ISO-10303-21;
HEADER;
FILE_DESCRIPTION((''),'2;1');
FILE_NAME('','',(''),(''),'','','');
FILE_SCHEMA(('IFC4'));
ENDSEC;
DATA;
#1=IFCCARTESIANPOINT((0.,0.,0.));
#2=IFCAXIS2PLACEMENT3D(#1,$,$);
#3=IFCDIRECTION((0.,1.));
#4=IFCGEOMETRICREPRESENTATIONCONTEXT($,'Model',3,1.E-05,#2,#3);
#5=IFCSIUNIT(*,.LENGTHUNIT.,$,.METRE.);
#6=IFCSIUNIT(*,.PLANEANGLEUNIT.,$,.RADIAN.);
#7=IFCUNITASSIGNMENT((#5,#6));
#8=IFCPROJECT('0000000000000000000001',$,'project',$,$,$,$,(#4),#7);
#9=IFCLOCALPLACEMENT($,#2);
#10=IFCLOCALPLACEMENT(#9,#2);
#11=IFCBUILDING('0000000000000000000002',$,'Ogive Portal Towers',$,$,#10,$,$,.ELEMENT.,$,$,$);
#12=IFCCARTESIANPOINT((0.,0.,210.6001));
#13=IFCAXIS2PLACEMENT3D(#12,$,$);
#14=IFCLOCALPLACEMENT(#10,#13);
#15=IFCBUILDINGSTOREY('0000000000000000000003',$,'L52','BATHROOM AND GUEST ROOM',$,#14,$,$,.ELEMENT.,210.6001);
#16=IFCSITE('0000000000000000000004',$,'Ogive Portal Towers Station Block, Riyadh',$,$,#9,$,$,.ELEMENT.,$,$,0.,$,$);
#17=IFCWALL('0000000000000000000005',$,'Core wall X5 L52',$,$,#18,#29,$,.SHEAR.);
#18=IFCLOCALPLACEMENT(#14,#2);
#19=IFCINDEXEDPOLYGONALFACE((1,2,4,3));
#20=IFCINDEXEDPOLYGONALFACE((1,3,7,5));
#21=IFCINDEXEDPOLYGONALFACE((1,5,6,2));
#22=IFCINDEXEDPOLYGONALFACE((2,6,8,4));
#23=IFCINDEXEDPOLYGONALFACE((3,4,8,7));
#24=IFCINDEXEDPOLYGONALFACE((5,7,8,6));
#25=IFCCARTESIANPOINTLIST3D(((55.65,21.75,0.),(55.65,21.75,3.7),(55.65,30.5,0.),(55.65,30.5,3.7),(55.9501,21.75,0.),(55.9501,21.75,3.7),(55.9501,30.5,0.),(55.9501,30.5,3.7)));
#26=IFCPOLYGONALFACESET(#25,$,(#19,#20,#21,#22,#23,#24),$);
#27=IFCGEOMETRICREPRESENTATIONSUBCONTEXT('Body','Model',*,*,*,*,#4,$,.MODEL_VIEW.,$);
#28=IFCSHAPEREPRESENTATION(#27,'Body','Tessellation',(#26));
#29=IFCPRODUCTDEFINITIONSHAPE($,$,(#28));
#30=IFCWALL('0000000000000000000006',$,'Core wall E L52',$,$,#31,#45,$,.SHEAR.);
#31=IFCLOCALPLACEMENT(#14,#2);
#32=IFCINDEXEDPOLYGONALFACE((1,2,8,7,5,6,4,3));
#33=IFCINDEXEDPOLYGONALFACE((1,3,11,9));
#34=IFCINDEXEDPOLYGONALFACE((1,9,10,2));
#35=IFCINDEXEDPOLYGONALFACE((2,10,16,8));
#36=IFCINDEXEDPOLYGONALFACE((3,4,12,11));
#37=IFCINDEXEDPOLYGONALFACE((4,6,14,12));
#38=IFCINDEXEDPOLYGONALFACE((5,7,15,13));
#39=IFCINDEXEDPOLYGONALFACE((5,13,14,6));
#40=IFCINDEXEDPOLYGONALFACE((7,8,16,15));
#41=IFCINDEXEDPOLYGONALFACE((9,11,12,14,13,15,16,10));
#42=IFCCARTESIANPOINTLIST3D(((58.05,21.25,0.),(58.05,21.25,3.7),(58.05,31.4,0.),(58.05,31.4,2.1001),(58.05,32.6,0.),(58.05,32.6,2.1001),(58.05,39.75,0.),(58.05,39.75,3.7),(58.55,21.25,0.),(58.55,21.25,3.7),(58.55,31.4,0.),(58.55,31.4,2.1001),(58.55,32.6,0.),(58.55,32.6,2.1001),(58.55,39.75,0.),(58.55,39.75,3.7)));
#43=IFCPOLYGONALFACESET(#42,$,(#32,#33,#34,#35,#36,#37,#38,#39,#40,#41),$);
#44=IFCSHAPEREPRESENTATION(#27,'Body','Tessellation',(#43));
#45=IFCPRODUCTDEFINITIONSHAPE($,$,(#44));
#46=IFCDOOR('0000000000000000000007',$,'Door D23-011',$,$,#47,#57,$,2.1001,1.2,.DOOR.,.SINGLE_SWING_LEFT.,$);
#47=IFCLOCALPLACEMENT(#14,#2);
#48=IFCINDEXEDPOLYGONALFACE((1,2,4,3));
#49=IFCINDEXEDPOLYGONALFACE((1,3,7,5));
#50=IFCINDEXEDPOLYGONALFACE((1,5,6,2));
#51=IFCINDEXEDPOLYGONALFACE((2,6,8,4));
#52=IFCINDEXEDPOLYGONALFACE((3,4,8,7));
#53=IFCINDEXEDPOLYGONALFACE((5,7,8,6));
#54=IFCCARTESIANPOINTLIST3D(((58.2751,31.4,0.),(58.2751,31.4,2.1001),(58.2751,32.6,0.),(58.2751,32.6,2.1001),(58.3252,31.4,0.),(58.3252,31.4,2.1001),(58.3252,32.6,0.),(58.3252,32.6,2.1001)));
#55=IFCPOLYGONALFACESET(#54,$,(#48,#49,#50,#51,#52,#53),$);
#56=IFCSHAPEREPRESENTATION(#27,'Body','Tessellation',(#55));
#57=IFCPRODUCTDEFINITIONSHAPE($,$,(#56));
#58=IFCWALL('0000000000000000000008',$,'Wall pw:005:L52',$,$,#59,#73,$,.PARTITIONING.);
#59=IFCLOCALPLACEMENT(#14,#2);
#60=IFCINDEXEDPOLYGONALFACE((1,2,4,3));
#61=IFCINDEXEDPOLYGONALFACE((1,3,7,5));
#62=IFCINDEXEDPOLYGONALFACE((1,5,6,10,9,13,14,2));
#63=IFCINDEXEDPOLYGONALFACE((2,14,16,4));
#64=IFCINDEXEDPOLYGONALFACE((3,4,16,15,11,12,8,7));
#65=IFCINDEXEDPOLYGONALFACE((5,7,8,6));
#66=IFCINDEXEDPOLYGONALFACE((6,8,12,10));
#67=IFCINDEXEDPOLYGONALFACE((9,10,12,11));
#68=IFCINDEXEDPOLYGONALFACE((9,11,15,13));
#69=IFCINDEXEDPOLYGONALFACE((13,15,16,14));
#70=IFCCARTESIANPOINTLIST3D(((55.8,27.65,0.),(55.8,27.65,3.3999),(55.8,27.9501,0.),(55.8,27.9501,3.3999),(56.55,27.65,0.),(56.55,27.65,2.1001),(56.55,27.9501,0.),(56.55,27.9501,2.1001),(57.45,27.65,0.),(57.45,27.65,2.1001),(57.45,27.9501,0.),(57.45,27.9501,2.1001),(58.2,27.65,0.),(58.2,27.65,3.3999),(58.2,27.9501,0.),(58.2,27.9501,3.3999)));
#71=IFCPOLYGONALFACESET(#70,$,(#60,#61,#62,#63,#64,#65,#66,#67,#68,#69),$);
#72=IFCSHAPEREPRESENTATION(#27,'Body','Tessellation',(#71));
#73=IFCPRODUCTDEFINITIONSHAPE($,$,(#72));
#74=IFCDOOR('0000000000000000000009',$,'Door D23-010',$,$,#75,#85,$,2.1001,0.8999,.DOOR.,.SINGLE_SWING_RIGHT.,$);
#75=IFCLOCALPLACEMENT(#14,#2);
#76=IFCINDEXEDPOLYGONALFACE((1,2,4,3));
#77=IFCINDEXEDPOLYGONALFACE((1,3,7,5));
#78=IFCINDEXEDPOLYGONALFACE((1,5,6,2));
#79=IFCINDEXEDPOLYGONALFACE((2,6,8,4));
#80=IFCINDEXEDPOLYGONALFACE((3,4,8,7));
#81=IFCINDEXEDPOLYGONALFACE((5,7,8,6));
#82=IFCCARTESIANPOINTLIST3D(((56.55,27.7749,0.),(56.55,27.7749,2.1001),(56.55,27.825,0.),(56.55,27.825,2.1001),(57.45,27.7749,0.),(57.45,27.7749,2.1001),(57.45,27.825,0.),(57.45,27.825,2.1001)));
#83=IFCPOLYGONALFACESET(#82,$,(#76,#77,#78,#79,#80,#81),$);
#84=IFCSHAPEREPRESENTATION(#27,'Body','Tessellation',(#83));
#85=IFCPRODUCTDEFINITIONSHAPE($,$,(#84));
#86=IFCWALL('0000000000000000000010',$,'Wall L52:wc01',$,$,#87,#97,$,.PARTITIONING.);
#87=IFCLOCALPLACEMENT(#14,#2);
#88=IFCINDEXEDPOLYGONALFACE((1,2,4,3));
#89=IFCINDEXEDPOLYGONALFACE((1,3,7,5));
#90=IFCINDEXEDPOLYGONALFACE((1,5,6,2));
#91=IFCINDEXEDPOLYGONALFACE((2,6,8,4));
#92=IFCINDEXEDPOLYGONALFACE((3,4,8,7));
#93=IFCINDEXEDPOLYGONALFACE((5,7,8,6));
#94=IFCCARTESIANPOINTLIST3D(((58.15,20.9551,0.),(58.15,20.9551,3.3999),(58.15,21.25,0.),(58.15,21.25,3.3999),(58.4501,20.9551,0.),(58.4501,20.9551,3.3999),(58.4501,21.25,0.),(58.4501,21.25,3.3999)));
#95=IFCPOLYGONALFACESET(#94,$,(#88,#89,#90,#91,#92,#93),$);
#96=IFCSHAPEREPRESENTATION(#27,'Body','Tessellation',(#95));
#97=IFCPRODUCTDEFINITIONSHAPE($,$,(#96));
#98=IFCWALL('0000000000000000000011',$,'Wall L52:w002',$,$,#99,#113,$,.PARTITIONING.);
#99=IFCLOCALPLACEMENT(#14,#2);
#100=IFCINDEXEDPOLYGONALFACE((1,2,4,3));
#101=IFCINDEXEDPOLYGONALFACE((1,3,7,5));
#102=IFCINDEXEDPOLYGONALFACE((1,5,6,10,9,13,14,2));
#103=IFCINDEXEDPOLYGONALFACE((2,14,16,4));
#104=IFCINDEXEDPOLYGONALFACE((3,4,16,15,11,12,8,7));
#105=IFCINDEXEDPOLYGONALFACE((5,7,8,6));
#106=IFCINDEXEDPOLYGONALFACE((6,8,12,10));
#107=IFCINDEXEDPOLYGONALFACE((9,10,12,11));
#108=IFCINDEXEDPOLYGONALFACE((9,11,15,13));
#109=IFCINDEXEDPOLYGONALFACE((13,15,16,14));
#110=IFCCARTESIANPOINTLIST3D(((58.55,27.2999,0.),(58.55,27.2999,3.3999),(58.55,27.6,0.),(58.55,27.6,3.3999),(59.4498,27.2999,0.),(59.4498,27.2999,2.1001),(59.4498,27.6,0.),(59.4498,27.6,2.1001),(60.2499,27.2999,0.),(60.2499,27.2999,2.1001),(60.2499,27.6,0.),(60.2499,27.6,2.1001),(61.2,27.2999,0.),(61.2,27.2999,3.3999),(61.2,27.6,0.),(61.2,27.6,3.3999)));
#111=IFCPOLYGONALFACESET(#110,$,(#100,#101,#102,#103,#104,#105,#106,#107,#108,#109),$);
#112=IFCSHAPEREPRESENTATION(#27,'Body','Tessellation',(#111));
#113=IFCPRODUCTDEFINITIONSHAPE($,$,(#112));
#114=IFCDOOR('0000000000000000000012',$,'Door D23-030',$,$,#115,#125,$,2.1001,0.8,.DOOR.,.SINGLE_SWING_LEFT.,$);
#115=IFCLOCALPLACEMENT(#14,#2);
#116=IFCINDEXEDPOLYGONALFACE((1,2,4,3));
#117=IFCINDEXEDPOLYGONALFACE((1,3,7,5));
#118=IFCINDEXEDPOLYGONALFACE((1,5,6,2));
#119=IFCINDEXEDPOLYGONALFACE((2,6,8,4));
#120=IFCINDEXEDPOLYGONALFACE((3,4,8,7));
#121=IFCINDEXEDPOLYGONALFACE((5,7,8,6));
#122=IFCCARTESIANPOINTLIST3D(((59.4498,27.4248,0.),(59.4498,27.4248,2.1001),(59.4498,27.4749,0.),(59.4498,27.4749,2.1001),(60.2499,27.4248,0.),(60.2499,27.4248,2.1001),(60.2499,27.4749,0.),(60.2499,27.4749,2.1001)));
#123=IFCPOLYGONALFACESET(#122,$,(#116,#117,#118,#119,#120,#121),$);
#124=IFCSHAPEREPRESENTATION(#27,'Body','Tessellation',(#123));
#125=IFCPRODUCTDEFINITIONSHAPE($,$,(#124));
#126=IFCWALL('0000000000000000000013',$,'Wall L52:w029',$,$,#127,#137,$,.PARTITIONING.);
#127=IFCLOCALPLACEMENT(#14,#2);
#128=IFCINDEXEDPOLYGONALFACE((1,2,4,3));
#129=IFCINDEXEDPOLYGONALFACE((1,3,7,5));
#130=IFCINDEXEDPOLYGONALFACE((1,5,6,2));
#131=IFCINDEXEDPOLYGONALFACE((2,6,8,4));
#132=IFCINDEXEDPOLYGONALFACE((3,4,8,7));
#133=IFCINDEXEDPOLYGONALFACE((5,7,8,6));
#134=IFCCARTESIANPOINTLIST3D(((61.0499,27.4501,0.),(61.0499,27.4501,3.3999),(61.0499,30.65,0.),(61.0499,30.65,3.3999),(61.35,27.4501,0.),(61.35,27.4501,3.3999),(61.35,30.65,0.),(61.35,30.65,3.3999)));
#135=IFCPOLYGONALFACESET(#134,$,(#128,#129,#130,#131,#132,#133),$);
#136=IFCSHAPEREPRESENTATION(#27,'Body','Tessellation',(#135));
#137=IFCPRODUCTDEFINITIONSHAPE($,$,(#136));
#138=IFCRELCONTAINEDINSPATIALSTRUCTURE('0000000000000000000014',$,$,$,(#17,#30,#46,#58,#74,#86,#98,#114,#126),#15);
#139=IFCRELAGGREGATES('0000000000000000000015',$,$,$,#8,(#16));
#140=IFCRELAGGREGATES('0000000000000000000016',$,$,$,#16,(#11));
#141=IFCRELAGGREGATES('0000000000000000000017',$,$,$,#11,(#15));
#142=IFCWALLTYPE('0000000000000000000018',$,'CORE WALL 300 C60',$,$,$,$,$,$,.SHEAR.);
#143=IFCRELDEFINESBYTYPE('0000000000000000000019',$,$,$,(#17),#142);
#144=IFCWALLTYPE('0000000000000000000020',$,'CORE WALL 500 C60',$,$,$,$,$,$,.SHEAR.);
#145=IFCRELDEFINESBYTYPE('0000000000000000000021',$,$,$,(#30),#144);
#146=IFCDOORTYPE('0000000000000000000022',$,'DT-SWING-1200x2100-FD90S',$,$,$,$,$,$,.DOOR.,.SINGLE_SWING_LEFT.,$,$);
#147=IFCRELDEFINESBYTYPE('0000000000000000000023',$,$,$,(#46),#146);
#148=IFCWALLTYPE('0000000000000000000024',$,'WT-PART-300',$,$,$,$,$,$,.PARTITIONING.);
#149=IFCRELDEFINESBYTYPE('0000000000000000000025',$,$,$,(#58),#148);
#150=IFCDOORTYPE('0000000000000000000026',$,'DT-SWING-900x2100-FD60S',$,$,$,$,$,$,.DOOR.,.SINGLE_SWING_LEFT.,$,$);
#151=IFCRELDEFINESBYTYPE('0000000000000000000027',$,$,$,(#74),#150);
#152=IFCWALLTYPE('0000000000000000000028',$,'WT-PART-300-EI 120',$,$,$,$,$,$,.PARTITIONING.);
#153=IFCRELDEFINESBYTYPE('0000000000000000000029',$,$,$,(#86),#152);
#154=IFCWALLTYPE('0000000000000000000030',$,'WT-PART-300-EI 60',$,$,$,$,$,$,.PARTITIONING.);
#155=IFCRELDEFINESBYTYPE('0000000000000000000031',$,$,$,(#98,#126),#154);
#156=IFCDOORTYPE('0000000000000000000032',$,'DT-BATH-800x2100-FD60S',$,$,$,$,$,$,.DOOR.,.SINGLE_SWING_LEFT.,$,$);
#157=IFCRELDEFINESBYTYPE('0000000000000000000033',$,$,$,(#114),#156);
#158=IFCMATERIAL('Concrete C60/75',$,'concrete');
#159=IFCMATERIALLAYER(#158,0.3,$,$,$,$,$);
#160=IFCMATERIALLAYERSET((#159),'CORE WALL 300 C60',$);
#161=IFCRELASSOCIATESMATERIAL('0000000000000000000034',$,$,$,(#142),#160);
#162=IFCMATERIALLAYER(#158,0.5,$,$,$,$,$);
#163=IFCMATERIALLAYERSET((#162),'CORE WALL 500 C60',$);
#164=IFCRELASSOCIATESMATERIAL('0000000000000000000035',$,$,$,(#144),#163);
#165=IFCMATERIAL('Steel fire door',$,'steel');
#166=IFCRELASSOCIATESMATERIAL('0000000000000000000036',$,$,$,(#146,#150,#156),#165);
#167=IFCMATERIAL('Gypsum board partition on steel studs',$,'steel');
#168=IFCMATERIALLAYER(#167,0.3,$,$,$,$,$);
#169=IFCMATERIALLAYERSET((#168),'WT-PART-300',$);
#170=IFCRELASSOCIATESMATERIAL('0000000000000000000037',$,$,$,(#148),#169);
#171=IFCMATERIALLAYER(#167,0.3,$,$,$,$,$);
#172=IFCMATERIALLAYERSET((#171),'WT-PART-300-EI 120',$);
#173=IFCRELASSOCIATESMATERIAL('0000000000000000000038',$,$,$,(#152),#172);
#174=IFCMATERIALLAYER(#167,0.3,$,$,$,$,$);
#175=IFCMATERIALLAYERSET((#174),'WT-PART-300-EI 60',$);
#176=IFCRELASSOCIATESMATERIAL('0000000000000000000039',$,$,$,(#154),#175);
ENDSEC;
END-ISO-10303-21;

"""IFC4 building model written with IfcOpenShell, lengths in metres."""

from ifc_helpers import new_model, si_unit, direction, frame, frame_2d, origin, place, context, subcontext, project, spatial, rectangle, extrude, material, layer, layer_set, type_object, element, fill, save


model = new_model("IFC4")

# Units and contexts
model_context = context("Model", 3, precision=1e-05, world=origin(), true_north=direction((0.0, 1.0)))
body_context = subcontext(model_context, "Body", "Model", "MODEL_VIEW")
ifc_project = project(units=[si_unit("LENGTHUNIT", "METRE"), si_unit("PLANEANGLEUNIT", "RADIAN")], contexts=[model_context])

# Site, building, storey
site_placement = place(None, origin())
site = spatial("IfcSite", under=ifc_project, at=site_placement, Name="Ogive Portal Towers Station Block, Riyadh", CompositionType="ELEMENT", RefElevation=0.0)
building_placement = place(site_placement, origin())
building = spatial("IfcBuilding", under=site, at=building_placement, Name="Ogive Portal Towers", CompositionType="ELEMENT")
storey_placement = place(building_placement, frame((0.0, 0.0, 210.6001)))
storey = spatial("IfcBuildingStorey", under=building, at=storey_placement, Name="L52", Description="BATHROOM AND GUEST ROOM", CompositionType="ELEMENT", Elevation=210.6001)

# Wall
ifc_material_1 = material(Name="Concrete C60/75", Category="concrete")
ifc_layer_1 = layer(ifc_material_1, 0.3)
ifc_layer_set_1 = layer_set([ifc_layer_1], Name="CORE WALL 300 C60")
wall_type_1 = type_object("IfcWallType", Name="CORE WALL 300 C60", PredefinedType="SHEAR", material=ifc_layer_set_1)
wall_1_placement = place(storey_placement, frame((55.8, 21.75, 0.0), z_axis=(0.0, 0.0, 1.0), x_axis=(0.0, 1.0, 0.0)))
element("IfcWall", 1, at=wall_1_placement, inside=storey, type_object=wall_type_1, Name="Core wall X5 L52", PredefinedType="SHEAR", context=body_context, shape_type="SweptSolid", body=[
    extrude(rectangle(XDim=8.75, YDim=0.3, at=frame_2d((4.375, 0.0))), origin(), (0.0, 0.0, 1.0), 3.7),
])

# Walls, openings, doors
ifc_layer_2 = layer(ifc_material_1, 0.5)
ifc_layer_set_2 = layer_set([ifc_layer_2], Name="CORE WALL 500 C60")
wall_type_2 = type_object("IfcWallType", Name="CORE WALL 500 C60", PredefinedType="SHEAR", material=ifc_layer_set_2)
wall_2_placement = place(storey_placement, frame((58.3, 21.25, 0.0), z_axis=(0.0, 0.0, 1.0), x_axis=(0.0, 1.0, 0.0)))
wall_2 = element("IfcWall", 2, at=wall_2_placement, inside=storey, type_object=wall_type_2, Name="Core wall E L52", PredefinedType="SHEAR", context=body_context, shape_type="SweptSolid", body=[
    extrude(rectangle(XDim=18.5, YDim=0.5, at=frame_2d((9.25, 0.0))), origin(), (0.0, 0.0, 1.0), 3.7),
])
opening_1_placement = place(wall_2_placement, frame((10.1499, 0.0, 0.0)))
opening_1 = element("IfcOpeningElement", 3, at=opening_1_placement, cuts=wall_2, PredefinedType="OPENING", context=body_context, shape_type="SweptSolid", body=[
    extrude(rectangle(XDim=1.2, YDim=2.1001, at=frame_2d((0.6001, 1.05))), frame((0.0, 0.26, 0.0), z_axis=(0.0, -1.0, 0.0), x_axis=(1.0, 0.0, 0.0)), (0.0, 0.0, 1.0), 0.52),
])
ifc_material_2 = material(Name="Steel fire door", Category="steel")
door_type_1 = type_object("IfcDoorType", Name="DT-SWING-1200x2100-FD90S", OperationType="SINGLE_SWING_LEFT", PredefinedType="DOOR", material=ifc_material_2)
door_1_placement = place(opening_1_placement, origin())
door_1 = element("IfcDoor", 4, at=door_1_placement, inside=storey, type_object=door_type_1, Name="Door D23-011", OperationType="SINGLE_SWING_LEFT", OverallHeight=2.1001, OverallWidth=1.2, PredefinedType="DOOR", context=body_context, shape_type="SweptSolid", body=[
    extrude(rectangle(XDim=1.2, YDim=2.1001, at=frame_2d((0.6001, 1.05))), frame((0.0, 0.0249, 0.0), z_axis=(0.0, -1.0, 0.0), x_axis=(1.0, 0.0, 0.0)), (0.0, 0.0, 1.0), 0.05),
])
fill(opening_1, door_1)
ifc_material_3 = material(Name="Gypsum board partition on steel studs", Category="steel")
ifc_layer_3 = layer(ifc_material_3, 0.3)
ifc_layer_set_3 = layer_set([ifc_layer_3], Name="WT-PART-300")
wall_type_3 = type_object("IfcWallType", Name="WT-PART-300", PredefinedType="PARTITIONING", material=ifc_layer_set_3)
wall_3_placement = place(storey_placement, frame((55.8, 27.8, 0.0), z_axis=(0.0, 0.0, 1.0), x_axis=(1.0, 0.0, 0.0)))
wall_3 = element("IfcWall", 5, at=wall_3_placement, inside=storey, type_object=wall_type_3, Name="Wall pw:005:L52", PredefinedType="PARTITIONING", context=body_context, shape_type="SweptSolid", body=[
    extrude(rectangle(XDim=2.3999, YDim=0.3, at=frame_2d((1.2, 0.0))), origin(), (0.0, 0.0, 1.0), 3.3999),
])
opening_2_placement = place(wall_3_placement, frame((0.75, 0.0, 0.0)))
opening_2 = element("IfcOpeningElement", 6, at=opening_2_placement, cuts=wall_3, PredefinedType="OPENING", context=body_context, shape_type="SweptSolid", body=[
    extrude(rectangle(XDim=0.8999, YDim=2.1001, at=frame_2d((0.45, 1.05))), frame((0.0, 0.1602, 0.0), z_axis=(0.0, -1.0, 0.0), x_axis=(1.0, 0.0, 0.0)), (0.0, 0.0, 1.0), 0.3201),
])
door_type_2 = type_object("IfcDoorType", Name="DT-SWING-900x2100-FD60S", OperationType="SINGLE_SWING_LEFT", PredefinedType="DOOR", material=ifc_material_2)
door_2_placement = place(opening_2_placement, origin())
door_2 = element("IfcDoor", 7, at=door_2_placement, inside=storey, type_object=door_type_2, Name="Door D23-010", OperationType="SINGLE_SWING_RIGHT", OverallHeight=2.1001, OverallWidth=0.8999, PredefinedType="DOOR", context=body_context, shape_type="SweptSolid", body=[
    extrude(rectangle(XDim=0.8999, YDim=2.1001, at=frame_2d((0.45, 1.05))), frame((0.0, 0.0249, 0.0), z_axis=(0.0, -1.0, 0.0), x_axis=(1.0, 0.0, 0.0)), (0.0, 0.0, 1.0), 0.05),
])
fill(opening_2, door_2)

# Wall
ifc_layer_4 = layer(ifc_material_3, 0.3)
ifc_layer_set_4 = layer_set([ifc_layer_4], Name="WT-PART-300-EI 120")
wall_type_4 = type_object("IfcWallType", Name="WT-PART-300-EI 120", PredefinedType="PARTITIONING", material=ifc_layer_set_4)
wall_4_placement = place(storey_placement, frame((58.3, 21.25, 0.0), z_axis=(0.0, 0.0, 1.0), x_axis=(0.0, -1.0, 0.0)))
element("IfcWall", 8, at=wall_4_placement, inside=storey, type_object=wall_type_4, Name="Wall L52:wc01", PredefinedType="PARTITIONING", context=body_context, shape_type="SweptSolid", body=[
    extrude(rectangle(XDim=0.2949, YDim=0.3, at=frame_2d((0.1475, 0.0))), origin(), (0.0, 0.0, 1.0), 3.3999),
])

# Wall, opening, door
ifc_layer_5 = layer(ifc_material_3, 0.3)
ifc_layer_set_5 = layer_set([ifc_layer_5], Name="WT-PART-300-EI 60")
wall_type_5 = type_object("IfcWallType", Name="WT-PART-300-EI 60", PredefinedType="PARTITIONING", material=ifc_layer_set_5)
wall_5_placement = place(storey_placement, frame((58.55, 27.45, 0.0), z_axis=(0.0, 0.0, 1.0), x_axis=(1.0, 0.0, 0.0)))
wall_5 = element("IfcWall", 9, at=wall_5_placement, inside=storey, type_object=wall_type_5, Name="Wall L52:w002", PredefinedType="PARTITIONING", context=body_context, shape_type="SweptSolid", body=[
    extrude(rectangle(XDim=2.6499, YDim=0.3, at=frame_2d((1.325, 0.0))), origin(), (0.0, 0.0, 1.0), 3.3999),
])
opening_3_placement = place(wall_5_placement, frame((0.8999, 0.0, 0.0)))
opening_3 = element("IfcOpeningElement", 10, at=opening_3_placement, cuts=wall_5, PredefinedType="OPENING", context=body_context, shape_type="SweptSolid", body=[
    extrude(rectangle(XDim=0.8, YDim=2.1001, at=frame_2d((0.3999, 1.05))), frame((0.0, 0.1602, 0.0), z_axis=(0.0, -1.0, 0.0), x_axis=(1.0, 0.0, 0.0)), (0.0, 0.0, 1.0), 0.3201),
])
door_type_3 = type_object("IfcDoorType", Name="DT-BATH-800x2100-FD60S", OperationType="SINGLE_SWING_LEFT", PredefinedType="DOOR", material=ifc_material_2)
door_3_placement = place(opening_3_placement, origin())
door_3 = element("IfcDoor", 11, at=door_3_placement, inside=storey, type_object=door_type_3, Name="Door D23-030", OperationType="SINGLE_SWING_LEFT", OverallHeight=2.1001, OverallWidth=0.8, PredefinedType="DOOR", context=body_context, shape_type="SweptSolid", body=[
    extrude(rectangle(XDim=0.8, YDim=2.1001, at=frame_2d((0.3999, 1.05))), frame((0.0, 0.0249, 0.0), z_axis=(0.0, -1.0, 0.0), x_axis=(1.0, 0.0, 0.0)), (0.0, 0.0, 1.0), 0.05),
])
fill(opening_3, door_3)

# Wall
wall_6_placement = place(storey_placement, frame((61.2, 27.45, 0.0), z_axis=(0.0, 0.0, 1.0), x_axis=(0.0, 1.0, 0.0)))
element("IfcWall", 12, at=wall_6_placement, inside=storey, type_object=wall_type_5, Name="Wall L52:w029", PredefinedType="PARTITIONING", context=body_context, shape_type="SweptSolid", body=[
    extrude(rectangle(XDim=3.2, YDim=0.3, at=frame_2d((1.6001, 0.0))), origin(), (0.0, 0.0, 1.0), 3.3999),
])

save(model, "model.ifc")
